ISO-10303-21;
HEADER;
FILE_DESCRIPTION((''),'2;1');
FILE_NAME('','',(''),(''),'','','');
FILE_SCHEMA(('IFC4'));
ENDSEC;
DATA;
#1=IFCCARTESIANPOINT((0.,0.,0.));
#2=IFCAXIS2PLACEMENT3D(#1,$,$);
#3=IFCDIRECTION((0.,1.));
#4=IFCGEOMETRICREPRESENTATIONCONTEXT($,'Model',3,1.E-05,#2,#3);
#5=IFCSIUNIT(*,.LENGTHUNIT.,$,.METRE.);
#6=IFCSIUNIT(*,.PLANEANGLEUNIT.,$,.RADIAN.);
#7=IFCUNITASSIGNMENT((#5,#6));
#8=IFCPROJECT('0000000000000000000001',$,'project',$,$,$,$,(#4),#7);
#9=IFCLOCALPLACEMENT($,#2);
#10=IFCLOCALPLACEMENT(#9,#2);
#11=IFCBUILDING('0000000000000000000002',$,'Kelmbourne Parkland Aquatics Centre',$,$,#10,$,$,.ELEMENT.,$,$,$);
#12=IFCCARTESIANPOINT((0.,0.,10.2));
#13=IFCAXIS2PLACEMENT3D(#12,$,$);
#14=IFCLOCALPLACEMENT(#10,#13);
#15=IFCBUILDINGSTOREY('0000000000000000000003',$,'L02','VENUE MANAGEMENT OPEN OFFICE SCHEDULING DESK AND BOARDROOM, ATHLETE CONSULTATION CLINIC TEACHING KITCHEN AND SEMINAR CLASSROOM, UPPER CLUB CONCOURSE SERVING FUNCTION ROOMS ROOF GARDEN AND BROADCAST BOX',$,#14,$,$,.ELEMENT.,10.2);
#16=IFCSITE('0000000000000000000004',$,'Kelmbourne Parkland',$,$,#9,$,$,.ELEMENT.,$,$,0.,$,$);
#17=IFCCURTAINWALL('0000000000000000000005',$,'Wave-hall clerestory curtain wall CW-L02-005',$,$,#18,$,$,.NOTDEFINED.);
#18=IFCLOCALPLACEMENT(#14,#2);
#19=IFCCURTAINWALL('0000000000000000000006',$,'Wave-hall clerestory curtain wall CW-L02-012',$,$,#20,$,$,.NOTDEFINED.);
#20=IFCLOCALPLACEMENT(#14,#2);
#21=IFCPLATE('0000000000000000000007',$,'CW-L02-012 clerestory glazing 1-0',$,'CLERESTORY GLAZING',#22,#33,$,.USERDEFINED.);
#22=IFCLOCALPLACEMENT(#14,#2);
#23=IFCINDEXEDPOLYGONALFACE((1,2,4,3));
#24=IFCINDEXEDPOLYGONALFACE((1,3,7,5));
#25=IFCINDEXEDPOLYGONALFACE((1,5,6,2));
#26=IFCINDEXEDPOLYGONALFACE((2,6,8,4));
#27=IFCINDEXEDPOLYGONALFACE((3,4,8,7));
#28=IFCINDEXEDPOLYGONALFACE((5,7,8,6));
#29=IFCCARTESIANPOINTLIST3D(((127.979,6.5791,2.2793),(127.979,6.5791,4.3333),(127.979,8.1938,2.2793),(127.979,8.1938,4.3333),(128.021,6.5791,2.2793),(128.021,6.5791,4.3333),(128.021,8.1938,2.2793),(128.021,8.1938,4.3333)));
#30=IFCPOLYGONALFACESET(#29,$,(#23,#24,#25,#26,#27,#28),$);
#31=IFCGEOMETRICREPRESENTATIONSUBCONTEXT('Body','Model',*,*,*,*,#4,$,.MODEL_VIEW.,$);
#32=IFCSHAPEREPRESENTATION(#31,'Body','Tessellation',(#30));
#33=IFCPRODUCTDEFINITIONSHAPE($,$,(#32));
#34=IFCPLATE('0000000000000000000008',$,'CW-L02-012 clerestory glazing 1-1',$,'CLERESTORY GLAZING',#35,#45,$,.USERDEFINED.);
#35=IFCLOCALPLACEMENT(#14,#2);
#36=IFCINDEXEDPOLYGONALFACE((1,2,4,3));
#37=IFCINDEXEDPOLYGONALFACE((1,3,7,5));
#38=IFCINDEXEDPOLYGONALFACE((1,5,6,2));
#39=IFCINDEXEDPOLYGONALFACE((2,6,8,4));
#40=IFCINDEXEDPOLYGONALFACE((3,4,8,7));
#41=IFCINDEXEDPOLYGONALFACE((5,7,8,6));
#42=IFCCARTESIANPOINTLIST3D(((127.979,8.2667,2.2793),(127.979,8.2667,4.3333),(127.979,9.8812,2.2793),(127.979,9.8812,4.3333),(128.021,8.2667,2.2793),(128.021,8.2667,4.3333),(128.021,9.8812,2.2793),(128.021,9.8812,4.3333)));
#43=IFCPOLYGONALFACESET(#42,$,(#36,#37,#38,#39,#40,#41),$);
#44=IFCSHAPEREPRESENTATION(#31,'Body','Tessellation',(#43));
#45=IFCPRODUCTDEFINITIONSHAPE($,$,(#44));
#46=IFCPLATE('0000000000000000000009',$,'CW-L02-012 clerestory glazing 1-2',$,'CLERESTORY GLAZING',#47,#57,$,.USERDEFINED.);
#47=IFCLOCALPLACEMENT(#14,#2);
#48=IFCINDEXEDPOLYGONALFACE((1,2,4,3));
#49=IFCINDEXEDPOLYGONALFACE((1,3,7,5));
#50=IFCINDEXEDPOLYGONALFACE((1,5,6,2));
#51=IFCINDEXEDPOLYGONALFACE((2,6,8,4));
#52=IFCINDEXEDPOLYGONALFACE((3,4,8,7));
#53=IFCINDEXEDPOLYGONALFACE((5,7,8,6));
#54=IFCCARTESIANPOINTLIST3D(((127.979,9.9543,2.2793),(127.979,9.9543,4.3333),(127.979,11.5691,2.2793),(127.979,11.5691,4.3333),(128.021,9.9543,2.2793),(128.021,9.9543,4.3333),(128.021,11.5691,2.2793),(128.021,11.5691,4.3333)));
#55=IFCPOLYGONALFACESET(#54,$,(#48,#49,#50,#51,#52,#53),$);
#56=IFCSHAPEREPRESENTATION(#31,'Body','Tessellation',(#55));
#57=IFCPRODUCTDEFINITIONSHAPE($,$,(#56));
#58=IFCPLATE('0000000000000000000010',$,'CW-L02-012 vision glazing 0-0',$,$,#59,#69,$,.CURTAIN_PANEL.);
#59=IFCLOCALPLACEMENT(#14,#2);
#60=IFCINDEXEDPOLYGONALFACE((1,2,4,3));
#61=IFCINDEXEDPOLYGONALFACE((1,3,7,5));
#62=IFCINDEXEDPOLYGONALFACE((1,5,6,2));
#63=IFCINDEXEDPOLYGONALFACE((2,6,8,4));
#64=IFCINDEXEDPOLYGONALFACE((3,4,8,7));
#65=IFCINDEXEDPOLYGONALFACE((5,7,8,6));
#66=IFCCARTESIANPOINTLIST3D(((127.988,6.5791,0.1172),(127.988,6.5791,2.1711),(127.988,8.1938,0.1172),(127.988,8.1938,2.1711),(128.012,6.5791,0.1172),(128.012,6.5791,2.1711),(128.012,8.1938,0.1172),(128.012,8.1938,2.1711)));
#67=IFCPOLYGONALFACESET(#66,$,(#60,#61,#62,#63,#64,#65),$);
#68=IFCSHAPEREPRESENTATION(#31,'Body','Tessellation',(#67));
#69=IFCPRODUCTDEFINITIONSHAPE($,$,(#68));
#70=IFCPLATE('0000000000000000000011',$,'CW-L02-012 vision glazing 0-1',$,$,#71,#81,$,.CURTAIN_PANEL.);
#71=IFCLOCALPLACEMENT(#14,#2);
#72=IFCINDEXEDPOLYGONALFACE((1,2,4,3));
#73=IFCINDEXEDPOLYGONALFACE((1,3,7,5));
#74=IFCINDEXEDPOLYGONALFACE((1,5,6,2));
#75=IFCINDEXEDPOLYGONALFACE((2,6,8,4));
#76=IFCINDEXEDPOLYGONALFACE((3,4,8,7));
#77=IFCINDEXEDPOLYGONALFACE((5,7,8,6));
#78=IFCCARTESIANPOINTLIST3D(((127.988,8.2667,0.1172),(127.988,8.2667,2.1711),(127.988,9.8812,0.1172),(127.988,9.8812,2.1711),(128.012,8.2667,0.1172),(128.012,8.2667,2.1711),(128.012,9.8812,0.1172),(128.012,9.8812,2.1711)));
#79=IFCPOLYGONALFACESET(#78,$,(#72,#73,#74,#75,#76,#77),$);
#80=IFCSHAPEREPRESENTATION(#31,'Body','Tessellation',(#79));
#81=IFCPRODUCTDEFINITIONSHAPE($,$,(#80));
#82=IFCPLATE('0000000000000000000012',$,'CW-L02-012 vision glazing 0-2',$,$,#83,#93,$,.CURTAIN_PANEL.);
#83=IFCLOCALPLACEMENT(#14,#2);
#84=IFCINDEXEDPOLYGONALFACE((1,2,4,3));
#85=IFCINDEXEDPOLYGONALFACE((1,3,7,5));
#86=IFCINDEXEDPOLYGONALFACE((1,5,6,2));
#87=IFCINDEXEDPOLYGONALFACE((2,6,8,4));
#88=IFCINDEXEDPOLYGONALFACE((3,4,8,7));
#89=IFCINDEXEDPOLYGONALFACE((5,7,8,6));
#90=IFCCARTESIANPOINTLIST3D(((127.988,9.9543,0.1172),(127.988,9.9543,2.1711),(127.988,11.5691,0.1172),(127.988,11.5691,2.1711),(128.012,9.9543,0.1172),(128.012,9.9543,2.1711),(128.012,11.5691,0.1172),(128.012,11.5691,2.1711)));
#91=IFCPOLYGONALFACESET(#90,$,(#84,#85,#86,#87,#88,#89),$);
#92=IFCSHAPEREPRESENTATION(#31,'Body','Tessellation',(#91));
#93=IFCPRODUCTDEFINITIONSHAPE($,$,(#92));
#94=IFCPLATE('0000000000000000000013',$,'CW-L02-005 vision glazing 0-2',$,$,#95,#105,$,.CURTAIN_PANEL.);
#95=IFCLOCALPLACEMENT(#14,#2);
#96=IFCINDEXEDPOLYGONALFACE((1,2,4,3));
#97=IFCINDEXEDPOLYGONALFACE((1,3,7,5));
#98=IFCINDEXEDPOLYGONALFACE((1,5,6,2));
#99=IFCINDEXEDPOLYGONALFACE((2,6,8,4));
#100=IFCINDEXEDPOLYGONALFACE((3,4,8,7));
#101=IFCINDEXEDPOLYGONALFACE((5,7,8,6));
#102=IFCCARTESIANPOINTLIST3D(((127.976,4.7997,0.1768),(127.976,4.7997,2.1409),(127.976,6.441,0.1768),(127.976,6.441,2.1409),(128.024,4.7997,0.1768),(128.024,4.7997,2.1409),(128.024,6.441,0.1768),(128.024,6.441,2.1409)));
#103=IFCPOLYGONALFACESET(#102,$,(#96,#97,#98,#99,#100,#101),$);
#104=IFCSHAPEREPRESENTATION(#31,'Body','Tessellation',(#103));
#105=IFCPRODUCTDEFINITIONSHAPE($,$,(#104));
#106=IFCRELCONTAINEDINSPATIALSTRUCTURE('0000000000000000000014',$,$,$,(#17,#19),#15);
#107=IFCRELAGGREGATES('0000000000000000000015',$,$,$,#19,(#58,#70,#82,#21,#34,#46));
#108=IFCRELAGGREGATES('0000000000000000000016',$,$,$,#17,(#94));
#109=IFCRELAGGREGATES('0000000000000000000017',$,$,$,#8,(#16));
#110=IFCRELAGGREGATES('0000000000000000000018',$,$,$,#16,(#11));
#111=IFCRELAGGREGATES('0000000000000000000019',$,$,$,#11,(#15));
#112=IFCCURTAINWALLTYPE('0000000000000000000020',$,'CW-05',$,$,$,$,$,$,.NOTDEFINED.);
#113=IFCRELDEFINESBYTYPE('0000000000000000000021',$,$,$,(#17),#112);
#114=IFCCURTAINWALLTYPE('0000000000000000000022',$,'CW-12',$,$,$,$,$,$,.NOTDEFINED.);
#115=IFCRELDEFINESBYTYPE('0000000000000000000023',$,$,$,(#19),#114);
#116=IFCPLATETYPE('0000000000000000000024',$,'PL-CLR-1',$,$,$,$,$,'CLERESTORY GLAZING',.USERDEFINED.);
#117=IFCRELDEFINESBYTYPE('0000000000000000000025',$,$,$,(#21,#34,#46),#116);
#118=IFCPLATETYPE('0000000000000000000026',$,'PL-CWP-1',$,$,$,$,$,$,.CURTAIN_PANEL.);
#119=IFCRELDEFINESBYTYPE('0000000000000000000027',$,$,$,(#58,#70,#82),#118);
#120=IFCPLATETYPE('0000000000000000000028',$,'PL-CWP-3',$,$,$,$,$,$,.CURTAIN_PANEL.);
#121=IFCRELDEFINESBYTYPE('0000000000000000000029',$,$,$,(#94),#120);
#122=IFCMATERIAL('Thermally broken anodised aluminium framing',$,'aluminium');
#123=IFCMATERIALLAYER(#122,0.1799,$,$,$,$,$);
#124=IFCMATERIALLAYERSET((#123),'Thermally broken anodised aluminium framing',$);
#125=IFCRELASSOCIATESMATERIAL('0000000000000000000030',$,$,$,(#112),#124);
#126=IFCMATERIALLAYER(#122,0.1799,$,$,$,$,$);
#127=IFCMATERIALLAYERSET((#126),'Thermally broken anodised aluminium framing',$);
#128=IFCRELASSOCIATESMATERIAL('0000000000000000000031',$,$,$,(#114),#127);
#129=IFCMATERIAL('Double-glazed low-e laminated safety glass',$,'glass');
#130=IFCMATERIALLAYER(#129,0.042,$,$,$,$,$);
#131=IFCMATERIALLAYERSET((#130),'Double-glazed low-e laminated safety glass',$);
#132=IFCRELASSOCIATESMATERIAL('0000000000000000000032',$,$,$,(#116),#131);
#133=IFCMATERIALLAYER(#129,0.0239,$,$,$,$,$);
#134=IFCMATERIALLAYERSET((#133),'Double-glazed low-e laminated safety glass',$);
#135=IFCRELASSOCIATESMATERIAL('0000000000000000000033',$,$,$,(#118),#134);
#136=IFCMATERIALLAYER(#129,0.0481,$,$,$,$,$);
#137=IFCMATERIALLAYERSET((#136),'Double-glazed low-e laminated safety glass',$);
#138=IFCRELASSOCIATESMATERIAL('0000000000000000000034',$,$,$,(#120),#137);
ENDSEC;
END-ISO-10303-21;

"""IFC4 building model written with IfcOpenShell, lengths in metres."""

from ifc_helpers import new_model, si_unit, direction, frame, origin, origin_2d, place, context, subcontext, project, spatial, rectangle, extrude, material, layer, layer_set, type_object, element, aggregate, save


model = new_model("IFC4")

# Units and contexts
model_context = context("Model", 3, precision=1e-05, world=origin(), true_north=direction((0.0, 1.0)))
body_context = subcontext(model_context, "Body", "Model", "MODEL_VIEW")
ifc_project = project(units=[si_unit("LENGTHUNIT", "METRE"), si_unit("PLANEANGLEUNIT", "RADIAN")], contexts=[model_context])

# Site, building, storey
site_placement = place(None, origin())
site = spatial("IfcSite", under=ifc_project, at=site_placement, Name="Kelmbourne Parkland", CompositionType="ELEMENT", RefElevation=0.0)
building_placement = place(site_placement, origin())
building = spatial("IfcBuilding", under=site, at=building_placement, Name="Kelmbourne Parkland Aquatics Centre", CompositionType="ELEMENT")
storey_placement = place(building_placement, frame((0.0, 0.0, 10.2)))
storey = spatial("IfcBuildingStorey", under=building, at=storey_placement, Name="L02", Description="VENUE MANAGEMENT OPEN OFFICE SCHEDULING DESK AND BOARDROOM, ATHLETE CONSULTATION CLINIC TEACHING KITCHEN AND SEMINAR CLASSROOM, UPPER CLUB CONCOURSE SERVING FUNCTION ROOMS ROOF GARDEN AND BROADCAST BOX", CompositionType="ELEMENT", Elevation=10.2)

# Curtain walls
ifc_material_1 = material(Name="Thermally broken anodised aluminium framing", Category="aluminium")
ifc_layer_1 = layer(ifc_material_1, 0.1799)
ifc_layer_set_1 = layer_set([ifc_layer_1], Name="Thermally broken anodised aluminium framing")
curtain_wall_type_1 = type_object("IfcCurtainWallType", Name="CW-05", PredefinedType="NOTDEFINED", material=ifc_layer_set_1)
curtain_wall_1_placement = place(storey_placement, origin())
curtain_wall_1 = element("IfcCurtainWall", 1, at=curtain_wall_1_placement, inside=storey, type_object=curtain_wall_type_1, Name="Wave-hall clerestory curtain wall CW-L02-005", PredefinedType="NOTDEFINED")
ifc_layer_2 = layer(ifc_material_1, 0.1799)
ifc_layer_set_2 = layer_set([ifc_layer_2], Name="Thermally broken anodised aluminium framing")
curtain_wall_type_2 = type_object("IfcCurtainWallType", Name="CW-12", PredefinedType="NOTDEFINED", material=ifc_layer_set_2)
curtain_wall_2_placement = place(storey_placement, origin())
curtain_wall_2 = element("IfcCurtainWall", 2, at=curtain_wall_2_placement, inside=storey, type_object=curtain_wall_type_2, Name="Wave-hall clerestory curtain wall CW-L02-012", PredefinedType="NOTDEFINED")

# Plates
ifc_material_2 = material(Name="Double-glazed low-e laminated safety glass", Category="glass")
ifc_layer_3 = layer(ifc_material_2, 0.042)
ifc_layer_set_3 = layer_set([ifc_layer_3], Name="Double-glazed low-e laminated safety glass")
plate_type_1 = type_object("IfcPlateType", Name="PL-CLR-1", ElementType="CLERESTORY GLAZING", PredefinedType="USERDEFINED", material=ifc_layer_set_3)
plate_1_placement = place(storey_placement, frame((128.0, 7.3865, 2.2793), z_axis=(0.0, 0.0, 1.0), x_axis=(0.0, 1.0, 0.0)))
plate_1 = element("IfcPlate", 3, at=plate_1_placement, type_object=plate_type_1, Name="CW-L02-012 clerestory glazing 1-0", ObjectType="CLERESTORY GLAZING", PredefinedType="USERDEFINED", context=body_context, shape_type="SweptSolid", body=[
    extrude(rectangle(XDim=1.6147, YDim=0.042, at=origin_2d()), origin(), (0.0, 0.0, 1.0), 2.054),
])
plate_2_placement = place(storey_placement, frame((128.0, 9.074, 2.2793), z_axis=(0.0, 0.0, 1.0), x_axis=(0.0, 1.0, 0.0)))
plate_2 = element("IfcPlate", 4, at=plate_2_placement, type_object=plate_type_1, Name="CW-L02-012 clerestory glazing 1-1", ObjectType="CLERESTORY GLAZING", PredefinedType="USERDEFINED", context=body_context, shape_type="SweptSolid", body=[
    extrude(rectangle(XDim=1.6145, YDim=0.042, at=origin_2d()), origin(), (0.0, 0.0, 1.0), 2.054),
])
plate_3_placement = place(storey_placement, frame((128.0, 10.7617, 2.2793), z_axis=(0.0, 0.0, 1.0), x_axis=(0.0, 1.0, 0.0)))
plate_3 = element("IfcPlate", 5, at=plate_3_placement, type_object=plate_type_1, Name="CW-L02-012 clerestory glazing 1-2", ObjectType="CLERESTORY GLAZING", PredefinedType="USERDEFINED", context=body_context, shape_type="SweptSolid", body=[
    extrude(rectangle(XDim=1.6147, YDim=0.042, at=origin_2d()), origin(), (0.0, 0.0, 1.0), 2.054),
])
ifc_layer_4 = layer(ifc_material_2, 0.0239)
ifc_layer_set_4 = layer_set([ifc_layer_4], Name="Double-glazed low-e laminated safety glass")
plate_type_2 = type_object("IfcPlateType", Name="PL-CWP-1", PredefinedType="CURTAIN_PANEL", material=ifc_layer_set_4)
plate_4_placement = place(storey_placement, frame((128.0, 7.3865, 0.1172), z_axis=(0.0, 0.0, 1.0), x_axis=(0.0, 1.0, 0.0)))
plate_4 = element("IfcPlate", 6, at=plate_4_placement, type_object=plate_type_2, Name="CW-L02-012 vision glazing 0-0", PredefinedType="CURTAIN_PANEL", context=body_context, shape_type="SweptSolid", body=[
    extrude(rectangle(XDim=1.6147, YDim=0.0239, at=origin_2d()), origin(), (0.0, 0.0, 1.0), 2.054),
])
plate_5_placement = place(storey_placement, frame((128.0, 9.074, 0.1172), z_axis=(0.0, 0.0, 1.0), x_axis=(0.0, 1.0, 0.0)))
plate_5 = element("IfcPlate", 7, at=plate_5_placement, type_object=plate_type_2, Name="CW-L02-012 vision glazing 0-1", PredefinedType="CURTAIN_PANEL", context=body_context, shape_type="SweptSolid", body=[
    extrude(rectangle(XDim=1.6145, YDim=0.0239, at=origin_2d()), origin(), (0.0, 0.0, 1.0), 2.054),
])
plate_6_placement = place(storey_placement, frame((128.0, 10.7617, 0.1172), z_axis=(0.0, 0.0, 1.0), x_axis=(0.0, 1.0, 0.0)))
plate_6 = element("IfcPlate", 8, at=plate_6_placement, type_object=plate_type_2, Name="CW-L02-012 vision glazing 0-2", PredefinedType="CURTAIN_PANEL", context=body_context, shape_type="SweptSolid", body=[
    extrude(rectangle(XDim=1.6147, YDim=0.0239, at=origin_2d()), origin(), (0.0, 0.0, 1.0), 2.054),
])
aggregate(curtain_wall_2, [plate_4, plate_5, plate_6, plate_1, plate_2, plate_3])
ifc_layer_5 = layer(ifc_material_2, 0.0481)
ifc_layer_set_5 = layer_set([ifc_layer_5], Name="Double-glazed low-e laminated safety glass")
plate_type_3 = type_object("IfcPlateType", Name="PL-CWP-3", PredefinedType="CURTAIN_PANEL", material=ifc_layer_set_5)
plate_7_placement = place(storey_placement, frame((128.0, 5.6204, 0.1768), z_axis=(0.0, 0.0, 1.0), x_axis=(0.0, 1.0, 0.0)))
plate_7 = element("IfcPlate", 9, at=plate_7_placement, type_object=plate_type_3, Name="CW-L02-005 vision glazing 0-2", PredefinedType="CURTAIN_PANEL", context=body_context, shape_type="SweptSolid", body=[
    extrude(rectangle(XDim=1.6414, YDim=0.0481, at=origin_2d()), origin(), (0.0, 0.0, 1.0), 1.9641),
])
aggregate(curtain_wall_1, [plate_7])

save(model, "model.ifc")
